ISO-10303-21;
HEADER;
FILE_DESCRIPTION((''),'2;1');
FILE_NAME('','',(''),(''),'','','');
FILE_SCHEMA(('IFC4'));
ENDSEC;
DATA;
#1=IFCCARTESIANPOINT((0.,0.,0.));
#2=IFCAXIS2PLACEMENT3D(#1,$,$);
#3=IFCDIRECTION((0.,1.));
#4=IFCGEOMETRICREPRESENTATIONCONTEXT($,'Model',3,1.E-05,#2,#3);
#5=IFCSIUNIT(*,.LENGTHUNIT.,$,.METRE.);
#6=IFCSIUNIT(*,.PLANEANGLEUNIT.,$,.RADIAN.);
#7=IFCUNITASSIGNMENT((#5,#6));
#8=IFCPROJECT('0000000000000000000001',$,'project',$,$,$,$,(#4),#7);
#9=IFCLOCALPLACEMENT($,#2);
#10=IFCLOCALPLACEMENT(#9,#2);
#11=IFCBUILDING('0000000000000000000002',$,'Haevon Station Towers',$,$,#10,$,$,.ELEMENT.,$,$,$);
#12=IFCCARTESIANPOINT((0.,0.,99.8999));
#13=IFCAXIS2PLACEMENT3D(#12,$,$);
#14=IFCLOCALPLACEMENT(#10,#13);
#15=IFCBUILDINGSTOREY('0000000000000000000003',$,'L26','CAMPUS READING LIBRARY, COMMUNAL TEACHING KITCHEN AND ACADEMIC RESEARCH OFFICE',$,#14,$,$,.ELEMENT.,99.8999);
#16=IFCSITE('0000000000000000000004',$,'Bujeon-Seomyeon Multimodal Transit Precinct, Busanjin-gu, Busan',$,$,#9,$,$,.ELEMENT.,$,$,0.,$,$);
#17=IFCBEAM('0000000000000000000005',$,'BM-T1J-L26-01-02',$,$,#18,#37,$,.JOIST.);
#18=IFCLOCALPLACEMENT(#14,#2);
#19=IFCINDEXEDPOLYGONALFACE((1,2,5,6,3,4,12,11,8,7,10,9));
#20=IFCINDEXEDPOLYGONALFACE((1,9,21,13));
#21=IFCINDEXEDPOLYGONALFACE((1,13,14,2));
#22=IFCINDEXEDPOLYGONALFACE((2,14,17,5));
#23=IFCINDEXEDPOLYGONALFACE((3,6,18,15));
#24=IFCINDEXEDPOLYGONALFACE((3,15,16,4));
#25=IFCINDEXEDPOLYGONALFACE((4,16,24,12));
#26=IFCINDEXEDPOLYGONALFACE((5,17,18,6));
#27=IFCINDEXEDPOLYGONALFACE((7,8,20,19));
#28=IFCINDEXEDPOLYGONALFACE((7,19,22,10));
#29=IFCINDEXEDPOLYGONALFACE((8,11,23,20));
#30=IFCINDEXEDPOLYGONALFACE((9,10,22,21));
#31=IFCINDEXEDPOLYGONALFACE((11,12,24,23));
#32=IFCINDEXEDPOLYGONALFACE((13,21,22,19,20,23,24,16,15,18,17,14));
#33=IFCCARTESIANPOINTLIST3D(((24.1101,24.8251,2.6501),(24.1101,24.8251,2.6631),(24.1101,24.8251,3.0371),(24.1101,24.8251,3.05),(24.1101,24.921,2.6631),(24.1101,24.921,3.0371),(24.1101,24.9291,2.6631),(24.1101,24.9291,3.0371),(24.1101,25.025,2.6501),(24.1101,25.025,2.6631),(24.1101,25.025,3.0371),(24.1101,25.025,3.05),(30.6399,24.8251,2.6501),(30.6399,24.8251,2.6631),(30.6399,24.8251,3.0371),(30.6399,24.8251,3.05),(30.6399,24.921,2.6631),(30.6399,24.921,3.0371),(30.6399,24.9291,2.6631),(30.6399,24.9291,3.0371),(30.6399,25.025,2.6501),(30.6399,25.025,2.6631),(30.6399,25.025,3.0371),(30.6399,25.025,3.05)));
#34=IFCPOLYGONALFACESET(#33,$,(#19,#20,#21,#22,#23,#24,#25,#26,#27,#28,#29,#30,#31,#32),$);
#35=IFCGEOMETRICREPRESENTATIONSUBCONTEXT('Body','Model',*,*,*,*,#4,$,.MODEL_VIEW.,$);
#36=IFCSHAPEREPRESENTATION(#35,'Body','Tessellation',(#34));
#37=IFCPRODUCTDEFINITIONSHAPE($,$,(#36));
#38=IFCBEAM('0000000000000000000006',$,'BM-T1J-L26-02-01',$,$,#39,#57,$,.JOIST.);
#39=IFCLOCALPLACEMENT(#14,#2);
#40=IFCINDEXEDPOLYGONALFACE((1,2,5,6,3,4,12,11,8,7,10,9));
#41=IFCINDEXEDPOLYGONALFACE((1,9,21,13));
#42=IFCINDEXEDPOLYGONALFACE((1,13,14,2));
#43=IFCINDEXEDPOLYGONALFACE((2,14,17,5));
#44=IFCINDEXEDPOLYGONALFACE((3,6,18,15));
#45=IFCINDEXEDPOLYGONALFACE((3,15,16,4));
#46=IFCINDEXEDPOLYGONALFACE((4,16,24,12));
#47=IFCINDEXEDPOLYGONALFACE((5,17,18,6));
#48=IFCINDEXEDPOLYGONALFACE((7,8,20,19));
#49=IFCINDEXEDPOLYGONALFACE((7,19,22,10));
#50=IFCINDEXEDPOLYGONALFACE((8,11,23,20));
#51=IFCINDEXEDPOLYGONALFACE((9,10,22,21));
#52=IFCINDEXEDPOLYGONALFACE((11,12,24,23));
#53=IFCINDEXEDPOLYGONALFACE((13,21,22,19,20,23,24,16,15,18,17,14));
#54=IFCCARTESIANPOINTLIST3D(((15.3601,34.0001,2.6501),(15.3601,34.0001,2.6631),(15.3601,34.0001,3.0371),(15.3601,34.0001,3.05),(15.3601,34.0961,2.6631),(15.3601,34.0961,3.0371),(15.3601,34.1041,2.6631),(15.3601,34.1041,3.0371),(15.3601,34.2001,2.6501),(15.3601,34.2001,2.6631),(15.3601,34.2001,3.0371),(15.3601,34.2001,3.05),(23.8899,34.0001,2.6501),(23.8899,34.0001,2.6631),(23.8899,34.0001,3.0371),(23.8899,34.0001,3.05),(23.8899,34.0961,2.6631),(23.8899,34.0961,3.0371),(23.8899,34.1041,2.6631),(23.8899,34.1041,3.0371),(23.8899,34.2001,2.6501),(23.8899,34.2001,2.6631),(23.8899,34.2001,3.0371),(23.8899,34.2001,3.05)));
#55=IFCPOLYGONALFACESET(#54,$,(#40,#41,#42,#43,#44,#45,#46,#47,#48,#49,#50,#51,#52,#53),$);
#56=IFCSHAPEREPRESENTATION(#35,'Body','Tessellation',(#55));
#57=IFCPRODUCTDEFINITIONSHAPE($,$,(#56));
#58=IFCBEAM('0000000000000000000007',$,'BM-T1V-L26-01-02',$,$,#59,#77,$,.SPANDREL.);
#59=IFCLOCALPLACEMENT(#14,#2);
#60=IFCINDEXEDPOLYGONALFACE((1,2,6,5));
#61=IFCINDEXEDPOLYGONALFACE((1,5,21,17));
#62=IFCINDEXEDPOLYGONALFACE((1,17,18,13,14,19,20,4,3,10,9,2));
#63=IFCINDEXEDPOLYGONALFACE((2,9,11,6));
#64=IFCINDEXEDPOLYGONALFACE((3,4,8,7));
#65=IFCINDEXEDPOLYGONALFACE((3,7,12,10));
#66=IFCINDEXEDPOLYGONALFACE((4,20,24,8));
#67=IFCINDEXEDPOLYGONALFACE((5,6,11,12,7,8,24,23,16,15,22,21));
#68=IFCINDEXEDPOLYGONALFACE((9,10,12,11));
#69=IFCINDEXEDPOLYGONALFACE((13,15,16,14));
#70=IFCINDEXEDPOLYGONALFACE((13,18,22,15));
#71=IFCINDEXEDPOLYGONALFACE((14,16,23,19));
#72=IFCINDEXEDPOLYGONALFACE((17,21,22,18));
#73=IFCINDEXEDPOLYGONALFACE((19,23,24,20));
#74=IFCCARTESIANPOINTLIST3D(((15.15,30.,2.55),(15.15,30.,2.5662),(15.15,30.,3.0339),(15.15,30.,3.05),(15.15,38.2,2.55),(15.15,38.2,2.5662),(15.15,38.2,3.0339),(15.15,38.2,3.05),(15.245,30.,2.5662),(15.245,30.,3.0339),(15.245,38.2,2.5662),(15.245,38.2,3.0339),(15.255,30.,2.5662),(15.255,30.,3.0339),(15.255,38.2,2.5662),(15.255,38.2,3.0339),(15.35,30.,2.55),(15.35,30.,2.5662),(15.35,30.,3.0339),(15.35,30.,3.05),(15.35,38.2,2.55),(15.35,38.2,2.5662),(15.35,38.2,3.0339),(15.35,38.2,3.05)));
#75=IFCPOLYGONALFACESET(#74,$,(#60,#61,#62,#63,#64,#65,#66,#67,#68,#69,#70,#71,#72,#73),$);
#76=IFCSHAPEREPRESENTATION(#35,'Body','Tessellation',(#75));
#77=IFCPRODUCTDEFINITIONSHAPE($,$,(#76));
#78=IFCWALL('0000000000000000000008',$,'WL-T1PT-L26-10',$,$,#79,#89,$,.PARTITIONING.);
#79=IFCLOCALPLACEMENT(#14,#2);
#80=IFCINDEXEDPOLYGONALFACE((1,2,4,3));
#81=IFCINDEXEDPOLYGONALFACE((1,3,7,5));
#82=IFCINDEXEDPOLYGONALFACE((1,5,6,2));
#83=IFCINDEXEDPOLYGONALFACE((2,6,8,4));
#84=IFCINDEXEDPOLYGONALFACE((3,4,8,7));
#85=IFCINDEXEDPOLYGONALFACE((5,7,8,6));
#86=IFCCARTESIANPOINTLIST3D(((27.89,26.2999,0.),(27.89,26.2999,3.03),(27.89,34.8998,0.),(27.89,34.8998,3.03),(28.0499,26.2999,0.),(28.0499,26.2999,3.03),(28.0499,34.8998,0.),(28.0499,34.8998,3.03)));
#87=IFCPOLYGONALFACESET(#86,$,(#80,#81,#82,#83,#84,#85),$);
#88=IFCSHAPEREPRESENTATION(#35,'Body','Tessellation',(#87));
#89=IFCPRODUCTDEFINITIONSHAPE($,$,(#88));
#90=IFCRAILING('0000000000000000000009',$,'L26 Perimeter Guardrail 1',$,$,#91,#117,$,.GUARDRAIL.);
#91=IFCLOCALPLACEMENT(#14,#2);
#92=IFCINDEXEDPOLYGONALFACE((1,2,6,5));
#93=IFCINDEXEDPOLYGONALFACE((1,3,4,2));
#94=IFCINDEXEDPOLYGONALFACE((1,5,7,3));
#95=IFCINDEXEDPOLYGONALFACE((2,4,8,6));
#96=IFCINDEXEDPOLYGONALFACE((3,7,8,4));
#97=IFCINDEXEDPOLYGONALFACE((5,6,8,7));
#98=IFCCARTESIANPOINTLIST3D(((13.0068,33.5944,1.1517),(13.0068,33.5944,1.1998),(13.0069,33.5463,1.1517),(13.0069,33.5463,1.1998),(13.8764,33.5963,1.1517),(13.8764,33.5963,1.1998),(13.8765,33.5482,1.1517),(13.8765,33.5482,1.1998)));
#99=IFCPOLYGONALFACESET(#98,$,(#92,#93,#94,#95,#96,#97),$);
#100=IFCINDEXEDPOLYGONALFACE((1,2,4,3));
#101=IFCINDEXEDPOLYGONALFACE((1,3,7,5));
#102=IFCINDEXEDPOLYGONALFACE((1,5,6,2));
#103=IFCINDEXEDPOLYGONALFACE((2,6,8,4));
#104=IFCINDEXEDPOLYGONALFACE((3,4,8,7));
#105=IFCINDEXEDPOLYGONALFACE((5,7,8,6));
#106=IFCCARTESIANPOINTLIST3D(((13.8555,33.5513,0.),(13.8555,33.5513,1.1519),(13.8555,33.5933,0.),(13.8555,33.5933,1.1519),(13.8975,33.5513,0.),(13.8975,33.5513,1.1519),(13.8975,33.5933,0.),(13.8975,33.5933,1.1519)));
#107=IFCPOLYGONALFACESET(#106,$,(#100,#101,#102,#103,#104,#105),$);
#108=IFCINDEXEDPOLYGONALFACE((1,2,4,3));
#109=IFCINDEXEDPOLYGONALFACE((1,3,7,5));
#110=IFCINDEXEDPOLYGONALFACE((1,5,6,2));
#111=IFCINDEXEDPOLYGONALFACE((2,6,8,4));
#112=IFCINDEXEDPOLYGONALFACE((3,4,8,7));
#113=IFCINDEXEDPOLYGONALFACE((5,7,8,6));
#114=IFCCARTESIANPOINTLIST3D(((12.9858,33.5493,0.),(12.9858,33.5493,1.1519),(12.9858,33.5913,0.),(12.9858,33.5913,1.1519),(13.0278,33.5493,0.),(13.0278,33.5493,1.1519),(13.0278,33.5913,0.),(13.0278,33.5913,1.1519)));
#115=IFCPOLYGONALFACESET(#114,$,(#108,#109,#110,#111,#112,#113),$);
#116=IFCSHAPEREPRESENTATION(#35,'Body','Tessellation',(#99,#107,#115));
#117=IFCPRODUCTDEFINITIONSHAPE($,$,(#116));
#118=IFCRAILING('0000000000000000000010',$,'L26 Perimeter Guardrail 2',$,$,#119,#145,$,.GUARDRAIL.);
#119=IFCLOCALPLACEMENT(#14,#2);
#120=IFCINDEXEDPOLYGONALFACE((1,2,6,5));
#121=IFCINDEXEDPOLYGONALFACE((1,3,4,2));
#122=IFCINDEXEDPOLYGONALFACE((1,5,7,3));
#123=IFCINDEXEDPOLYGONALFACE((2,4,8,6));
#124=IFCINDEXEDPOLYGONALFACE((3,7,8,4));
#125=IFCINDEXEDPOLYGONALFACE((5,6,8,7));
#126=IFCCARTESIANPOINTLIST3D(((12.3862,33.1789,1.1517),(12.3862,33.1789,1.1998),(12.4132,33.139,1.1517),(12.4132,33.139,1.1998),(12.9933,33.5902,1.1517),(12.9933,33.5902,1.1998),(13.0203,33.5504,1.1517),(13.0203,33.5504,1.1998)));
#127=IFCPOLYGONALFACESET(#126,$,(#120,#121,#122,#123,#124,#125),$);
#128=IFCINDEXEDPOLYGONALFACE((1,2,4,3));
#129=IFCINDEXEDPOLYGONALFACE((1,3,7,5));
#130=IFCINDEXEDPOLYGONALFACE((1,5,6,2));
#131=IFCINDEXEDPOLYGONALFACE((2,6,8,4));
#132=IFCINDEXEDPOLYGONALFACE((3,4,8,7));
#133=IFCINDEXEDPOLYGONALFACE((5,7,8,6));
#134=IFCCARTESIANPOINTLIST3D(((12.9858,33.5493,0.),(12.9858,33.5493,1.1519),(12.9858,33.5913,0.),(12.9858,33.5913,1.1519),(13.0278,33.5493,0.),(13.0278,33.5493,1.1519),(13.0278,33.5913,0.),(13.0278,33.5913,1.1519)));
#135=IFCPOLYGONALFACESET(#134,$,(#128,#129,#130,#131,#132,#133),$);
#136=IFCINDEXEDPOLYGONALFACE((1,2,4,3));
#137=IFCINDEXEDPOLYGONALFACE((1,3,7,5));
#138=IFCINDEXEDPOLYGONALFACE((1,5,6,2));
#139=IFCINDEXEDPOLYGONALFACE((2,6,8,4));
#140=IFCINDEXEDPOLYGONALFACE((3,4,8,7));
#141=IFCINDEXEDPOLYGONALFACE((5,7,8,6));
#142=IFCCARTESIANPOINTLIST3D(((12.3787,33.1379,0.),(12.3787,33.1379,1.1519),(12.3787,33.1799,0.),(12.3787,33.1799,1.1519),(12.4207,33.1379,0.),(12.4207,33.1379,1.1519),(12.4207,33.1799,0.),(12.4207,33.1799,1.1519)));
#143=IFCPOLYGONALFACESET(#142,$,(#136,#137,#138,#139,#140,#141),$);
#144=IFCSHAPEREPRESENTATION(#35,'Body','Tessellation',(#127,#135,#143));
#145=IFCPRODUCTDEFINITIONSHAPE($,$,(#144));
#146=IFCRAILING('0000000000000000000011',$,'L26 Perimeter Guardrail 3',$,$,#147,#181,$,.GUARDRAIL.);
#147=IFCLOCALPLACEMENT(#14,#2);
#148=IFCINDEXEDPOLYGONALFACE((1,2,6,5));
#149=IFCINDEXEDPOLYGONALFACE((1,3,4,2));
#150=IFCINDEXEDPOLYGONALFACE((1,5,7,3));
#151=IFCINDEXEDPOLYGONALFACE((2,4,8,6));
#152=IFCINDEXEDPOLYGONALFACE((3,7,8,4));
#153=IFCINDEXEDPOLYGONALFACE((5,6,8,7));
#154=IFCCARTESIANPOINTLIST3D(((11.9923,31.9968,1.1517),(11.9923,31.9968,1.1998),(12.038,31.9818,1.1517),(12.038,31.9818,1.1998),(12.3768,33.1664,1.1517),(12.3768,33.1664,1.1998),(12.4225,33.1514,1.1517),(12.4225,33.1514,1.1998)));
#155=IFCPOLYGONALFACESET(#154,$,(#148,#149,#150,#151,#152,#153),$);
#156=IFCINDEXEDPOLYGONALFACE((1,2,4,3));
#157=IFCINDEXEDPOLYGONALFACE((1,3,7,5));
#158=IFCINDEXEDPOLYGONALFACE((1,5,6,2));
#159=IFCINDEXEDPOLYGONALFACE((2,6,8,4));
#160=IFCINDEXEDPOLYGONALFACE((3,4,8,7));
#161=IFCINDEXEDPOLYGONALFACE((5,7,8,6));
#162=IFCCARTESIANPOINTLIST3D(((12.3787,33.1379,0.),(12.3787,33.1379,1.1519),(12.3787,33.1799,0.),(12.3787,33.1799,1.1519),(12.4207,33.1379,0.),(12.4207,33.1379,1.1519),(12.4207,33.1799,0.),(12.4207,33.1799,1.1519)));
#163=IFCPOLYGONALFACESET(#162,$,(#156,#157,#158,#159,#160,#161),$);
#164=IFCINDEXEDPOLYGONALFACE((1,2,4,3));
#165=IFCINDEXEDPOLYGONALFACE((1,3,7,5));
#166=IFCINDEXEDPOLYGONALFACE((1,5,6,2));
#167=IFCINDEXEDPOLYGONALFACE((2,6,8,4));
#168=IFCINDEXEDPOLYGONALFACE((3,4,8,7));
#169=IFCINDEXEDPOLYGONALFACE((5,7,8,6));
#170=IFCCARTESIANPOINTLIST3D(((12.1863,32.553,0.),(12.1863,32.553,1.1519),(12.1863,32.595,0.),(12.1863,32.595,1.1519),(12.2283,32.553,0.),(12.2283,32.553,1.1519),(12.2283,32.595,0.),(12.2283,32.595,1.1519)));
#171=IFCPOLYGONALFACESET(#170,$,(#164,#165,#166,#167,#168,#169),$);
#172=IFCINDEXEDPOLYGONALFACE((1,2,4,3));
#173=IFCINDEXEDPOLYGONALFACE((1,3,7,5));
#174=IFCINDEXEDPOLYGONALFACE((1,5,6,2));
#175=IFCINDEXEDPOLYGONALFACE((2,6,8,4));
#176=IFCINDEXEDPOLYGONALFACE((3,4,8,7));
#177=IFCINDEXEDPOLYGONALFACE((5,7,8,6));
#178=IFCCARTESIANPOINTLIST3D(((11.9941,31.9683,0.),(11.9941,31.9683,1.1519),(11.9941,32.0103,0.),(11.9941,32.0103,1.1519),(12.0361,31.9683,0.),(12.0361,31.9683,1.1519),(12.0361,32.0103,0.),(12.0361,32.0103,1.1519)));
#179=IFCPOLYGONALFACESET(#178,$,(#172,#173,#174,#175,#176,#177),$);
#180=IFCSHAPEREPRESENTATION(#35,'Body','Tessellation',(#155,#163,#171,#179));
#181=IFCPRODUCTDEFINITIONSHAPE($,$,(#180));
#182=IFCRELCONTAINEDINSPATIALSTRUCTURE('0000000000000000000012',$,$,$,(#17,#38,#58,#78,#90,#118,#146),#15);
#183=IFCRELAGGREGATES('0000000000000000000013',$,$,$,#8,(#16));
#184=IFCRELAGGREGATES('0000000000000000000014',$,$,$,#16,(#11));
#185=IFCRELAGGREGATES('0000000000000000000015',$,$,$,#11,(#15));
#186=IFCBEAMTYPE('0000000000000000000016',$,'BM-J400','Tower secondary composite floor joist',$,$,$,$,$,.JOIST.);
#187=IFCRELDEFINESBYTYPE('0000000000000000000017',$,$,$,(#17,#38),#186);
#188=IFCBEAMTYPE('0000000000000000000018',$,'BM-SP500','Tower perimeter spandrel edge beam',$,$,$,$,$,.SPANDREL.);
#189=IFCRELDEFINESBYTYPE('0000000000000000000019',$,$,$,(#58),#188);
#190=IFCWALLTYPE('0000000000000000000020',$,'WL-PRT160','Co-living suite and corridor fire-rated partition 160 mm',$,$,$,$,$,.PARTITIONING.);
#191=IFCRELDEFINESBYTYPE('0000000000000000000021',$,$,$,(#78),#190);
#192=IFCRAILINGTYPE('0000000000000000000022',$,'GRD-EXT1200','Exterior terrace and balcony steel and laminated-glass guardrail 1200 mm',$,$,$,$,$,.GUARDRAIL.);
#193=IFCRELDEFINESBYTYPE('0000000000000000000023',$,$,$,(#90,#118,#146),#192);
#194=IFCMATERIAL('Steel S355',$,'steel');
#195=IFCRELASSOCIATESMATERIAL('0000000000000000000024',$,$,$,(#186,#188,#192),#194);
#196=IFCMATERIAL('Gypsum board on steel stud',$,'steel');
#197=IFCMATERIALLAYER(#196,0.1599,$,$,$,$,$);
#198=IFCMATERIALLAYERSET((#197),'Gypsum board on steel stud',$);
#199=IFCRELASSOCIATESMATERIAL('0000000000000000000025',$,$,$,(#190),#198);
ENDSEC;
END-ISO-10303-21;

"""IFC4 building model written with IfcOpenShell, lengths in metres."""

from ifc_helpers import new_model, si_unit, direction, frame, frame_2d, origin, origin_2d, place, context, subcontext, project, spatial, rectangle, i_section, extrude, material, layer, layer_set, material_profile, profile_set, type_object, element, save


model = new_model("IFC4")

# Units and contexts
model_context = context("Model", 3, precision=1e-05, world=origin(), true_north=direction((0.0, 1.0)))
body_context = subcontext(model_context, "Body", "Model", "MODEL_VIEW")
ifc_project = project(units=[si_unit("LENGTHUNIT", "METRE"), si_unit("PLANEANGLEUNIT", "RADIAN")], contexts=[model_context])

# Site, building, storey
site_placement = place(None, origin())
site = spatial("IfcSite", under=ifc_project, at=site_placement, Name="Bujeon-Seomyeon Multimodal Transit Precinct, Busanjin-gu, Busan", CompositionType="ELEMENT", RefElevation=0.0)
building_placement = place(site_placement, origin())
building = spatial("IfcBuilding", under=site, at=building_placement, Name="Haevon Station Towers", CompositionType="ELEMENT")
storey_placement = place(building_placement, frame((0.0, 0.0, 99.8999)))
storey = spatial("IfcBuildingStorey", under=building, at=storey_placement, Name="L26", Description="CAMPUS READING LIBRARY, COMMUNAL TEACHING KITCHEN AND ACADEMIC RESEARCH OFFICE", CompositionType="ELEMENT", Elevation=99.8999)

# Beams
ifc_material_1 = material(Name="Steel S355", Category="steel")
ifc_material_profile_1 = material_profile(ifc_material_1, i_section(OverallWidth=0.2, OverallDepth=0.3999, WebThickness=0.0081, FlangeThickness=0.0129, at=origin_2d()), Name="H-400x200x8x13")
ifc_profile_set_1 = profile_set([ifc_material_profile_1], Name="Steel S355")
beam_type_1 = type_object("IfcBeamType", Name="BM-J400", Description="Tower secondary composite floor joist", PredefinedType="JOIST", material=ifc_profile_set_1)
beam_1_placement = place(storey_placement, frame((24.1101, 24.925, 2.8501), z_axis=(1.0, 0.0, 0.0), x_axis=(0.0, 1.0, 0.0)))
element("IfcBeam", 1, at=beam_1_placement, inside=storey, type_object=beam_type_1, Name="BM-T1J-L26-01-02", PredefinedType="JOIST", context=body_context, shape_type="SweptSolid", body=[
    extrude(i_section(OverallWidth=0.2, OverallDepth=0.3999, WebThickness=0.0081, FlangeThickness=0.0129, at=origin_2d()), origin(), (0.0, 0.0, 1.0), 6.5298),
])
beam_2_placement = place(storey_placement, frame((15.3601, 34.1001, 2.8501), z_axis=(1.0, 0.0, 0.0), x_axis=(0.0, 1.0, 0.0)))
element("IfcBeam", 2, at=beam_2_placement, inside=storey, type_object=beam_type_1, Name="BM-T1J-L26-02-01", PredefinedType="JOIST", context=body_context, shape_type="SweptSolid", body=[
    extrude(i_section(OverallWidth=0.2, OverallDepth=0.3999, WebThickness=0.0081, FlangeThickness=0.0129, at=origin_2d()), origin(), (0.0, 0.0, 1.0), 8.5298),
])
ifc_material_profile_2 = material_profile(ifc_material_1, i_section(OverallWidth=0.2, OverallDepth=0.5, WebThickness=0.01, FlangeThickness=0.0161, at=origin_2d()), Name="H-500x200x10x16")
ifc_profile_set_2 = profile_set([ifc_material_profile_2], Name="Steel S355")
beam_type_2 = type_object("IfcBeamType", Name="BM-SP500", Description="Tower perimeter spandrel edge beam", PredefinedType="SPANDREL", material=ifc_profile_set_2)
beam_3_placement = place(storey_placement, frame((15.25, 30.0, 2.8), z_axis=(0.0, 1.0, 0.0), x_axis=(-1.0, 0.0, 0.0)))
element("IfcBeam", 3, at=beam_3_placement, inside=storey, type_object=beam_type_2, Name="BM-T1V-L26-01-02", PredefinedType="SPANDREL", context=body_context, shape_type="SweptSolid", body=[
    extrude(i_section(OverallWidth=0.2, OverallDepth=0.5, WebThickness=0.01, FlangeThickness=0.0161, at=origin_2d()), origin(), (0.0, 0.0, 1.0), 8.2),
])

# Wall
ifc_material_2 = material(Name="Gypsum board on steel stud", Category="steel")
ifc_layer_1 = layer(ifc_material_2, 0.1599)
ifc_layer_set_1 = layer_set([ifc_layer_1], Name="Gypsum board on steel stud")
wall_type = type_object("IfcWallType", Name="WL-PRT160", Description="Co-living suite and corridor fire-rated partition 160 mm", PredefinedType="PARTITIONING", material=ifc_layer_set_1)
wall_placement = place(storey_placement, frame((27.97, 26.3, 0.0), z_axis=(0.0, 0.0, 1.0), x_axis=(0.0, 1.0, 0.0)))
element("IfcWall", 4, at=wall_placement, inside=storey, type_object=wall_type, Name="WL-T1PT-L26-10", PredefinedType="PARTITIONING", context=body_context, shape_type="SweptSolid", body=[
    extrude(rectangle(XDim=8.5999, YDim=0.1599, at=frame_2d((4.2998, 0.0))), origin(), (0.0, 0.0, 1.0), 3.03),
])

# Railings
railing_type = type_object("IfcRailingType", Name="GRD-EXT1200", Description="Exterior terrace and balcony steel and laminated-glass guardrail 1200 mm", PredefinedType="GUARDRAIL", material=ifc_material_1)
railing_1_placement = place(storey_placement, frame((13.8765, 33.5723, 0.0)))
element("IfcRailing", 5, at=railing_1_placement, inside=storey, type_object=railing_type, Name="L26 Perimeter Guardrail 1", PredefinedType="GUARDRAIL", context=body_context, shape_type="SweptSolid", body=[
    extrude(rectangle(XDim=0.0481, YDim=0.0481, at=origin_2d()), frame((0.0, 0.0, 1.1758), z_axis=(-0.999997, -0.002246, 0.0), x_axis=(0.002246, -0.999997, 0.0)), (0.0, 0.0, 1.0), 0.8696),
    extrude(rectangle(XDim=0.042, YDim=0.042, at=origin_2d()), origin(), (0.0, 0.0, 1.0), 1.1519),
    extrude(rectangle(XDim=0.042, YDim=0.042, at=origin_2d()), frame((-0.8696, -0.002, 0.0)), (0.0, 0.0, 1.0), 1.1519),
])
railing_2_placement = place(storey_placement, frame((13.0068, 33.5703, 0.0)))
element("IfcRailing", 6, at=railing_2_placement, inside=storey, type_object=railing_type, Name="L26 Perimeter Guardrail 2", PredefinedType="GUARDRAIL", context=body_context, shape_type="SweptSolid", body=[
    extrude(rectangle(XDim=0.0481, YDim=0.0481, at=origin_2d()), frame((0.0, 0.0, 1.1758), z_axis=(-0.827879, -0.560907, 0.0), x_axis=(0.560907, -0.827879, 0.0)), (0.0, 0.0, 1.0), 0.7334),
    extrude(rectangle(XDim=0.042, YDim=0.042, at=origin_2d()), origin(), (0.0, 0.0, 1.0), 1.1519),
    extrude(rectangle(XDim=0.042, YDim=0.042, at=origin_2d()), frame((-0.6072, -0.4114, 0.0)), (0.0, 0.0, 1.0), 1.1519),
])
railing_3_placement = place(storey_placement, frame((12.3997, 33.1589, 0.0)))
element("IfcRailing", 7, at=railing_3_placement, inside=storey, type_object=railing_type, Name="L26 Perimeter Guardrail 3", PredefinedType="GUARDRAIL", context=body_context, shape_type="SweptSolid", body=[
    extrude(rectangle(XDim=0.0481, YDim=0.0481, at=origin_2d()), frame((0.0, 0.0, 1.1758), z_axis=(-0.312299, -0.949984, 0.0), x_axis=(0.949984, -0.312299, 0.0)), (0.0, 0.0, 1.0), 1.2312),
    extrude(rectangle(XDim=0.042, YDim=0.042, at=origin_2d()), origin(), (0.0, 0.0, 1.0), 1.1519),
    extrude(rectangle(XDim=0.042, YDim=0.042, at=origin_2d()), frame((-0.1924, -0.585, 0.0)), (0.0, 0.0, 1.0), 1.1519),
    extrude(rectangle(XDim=0.042, YDim=0.042, at=origin_2d()), frame((-0.3845, -1.1697, 0.0)), (0.0, 0.0, 1.0), 1.1519),
])

save(model, "model.ifc")
